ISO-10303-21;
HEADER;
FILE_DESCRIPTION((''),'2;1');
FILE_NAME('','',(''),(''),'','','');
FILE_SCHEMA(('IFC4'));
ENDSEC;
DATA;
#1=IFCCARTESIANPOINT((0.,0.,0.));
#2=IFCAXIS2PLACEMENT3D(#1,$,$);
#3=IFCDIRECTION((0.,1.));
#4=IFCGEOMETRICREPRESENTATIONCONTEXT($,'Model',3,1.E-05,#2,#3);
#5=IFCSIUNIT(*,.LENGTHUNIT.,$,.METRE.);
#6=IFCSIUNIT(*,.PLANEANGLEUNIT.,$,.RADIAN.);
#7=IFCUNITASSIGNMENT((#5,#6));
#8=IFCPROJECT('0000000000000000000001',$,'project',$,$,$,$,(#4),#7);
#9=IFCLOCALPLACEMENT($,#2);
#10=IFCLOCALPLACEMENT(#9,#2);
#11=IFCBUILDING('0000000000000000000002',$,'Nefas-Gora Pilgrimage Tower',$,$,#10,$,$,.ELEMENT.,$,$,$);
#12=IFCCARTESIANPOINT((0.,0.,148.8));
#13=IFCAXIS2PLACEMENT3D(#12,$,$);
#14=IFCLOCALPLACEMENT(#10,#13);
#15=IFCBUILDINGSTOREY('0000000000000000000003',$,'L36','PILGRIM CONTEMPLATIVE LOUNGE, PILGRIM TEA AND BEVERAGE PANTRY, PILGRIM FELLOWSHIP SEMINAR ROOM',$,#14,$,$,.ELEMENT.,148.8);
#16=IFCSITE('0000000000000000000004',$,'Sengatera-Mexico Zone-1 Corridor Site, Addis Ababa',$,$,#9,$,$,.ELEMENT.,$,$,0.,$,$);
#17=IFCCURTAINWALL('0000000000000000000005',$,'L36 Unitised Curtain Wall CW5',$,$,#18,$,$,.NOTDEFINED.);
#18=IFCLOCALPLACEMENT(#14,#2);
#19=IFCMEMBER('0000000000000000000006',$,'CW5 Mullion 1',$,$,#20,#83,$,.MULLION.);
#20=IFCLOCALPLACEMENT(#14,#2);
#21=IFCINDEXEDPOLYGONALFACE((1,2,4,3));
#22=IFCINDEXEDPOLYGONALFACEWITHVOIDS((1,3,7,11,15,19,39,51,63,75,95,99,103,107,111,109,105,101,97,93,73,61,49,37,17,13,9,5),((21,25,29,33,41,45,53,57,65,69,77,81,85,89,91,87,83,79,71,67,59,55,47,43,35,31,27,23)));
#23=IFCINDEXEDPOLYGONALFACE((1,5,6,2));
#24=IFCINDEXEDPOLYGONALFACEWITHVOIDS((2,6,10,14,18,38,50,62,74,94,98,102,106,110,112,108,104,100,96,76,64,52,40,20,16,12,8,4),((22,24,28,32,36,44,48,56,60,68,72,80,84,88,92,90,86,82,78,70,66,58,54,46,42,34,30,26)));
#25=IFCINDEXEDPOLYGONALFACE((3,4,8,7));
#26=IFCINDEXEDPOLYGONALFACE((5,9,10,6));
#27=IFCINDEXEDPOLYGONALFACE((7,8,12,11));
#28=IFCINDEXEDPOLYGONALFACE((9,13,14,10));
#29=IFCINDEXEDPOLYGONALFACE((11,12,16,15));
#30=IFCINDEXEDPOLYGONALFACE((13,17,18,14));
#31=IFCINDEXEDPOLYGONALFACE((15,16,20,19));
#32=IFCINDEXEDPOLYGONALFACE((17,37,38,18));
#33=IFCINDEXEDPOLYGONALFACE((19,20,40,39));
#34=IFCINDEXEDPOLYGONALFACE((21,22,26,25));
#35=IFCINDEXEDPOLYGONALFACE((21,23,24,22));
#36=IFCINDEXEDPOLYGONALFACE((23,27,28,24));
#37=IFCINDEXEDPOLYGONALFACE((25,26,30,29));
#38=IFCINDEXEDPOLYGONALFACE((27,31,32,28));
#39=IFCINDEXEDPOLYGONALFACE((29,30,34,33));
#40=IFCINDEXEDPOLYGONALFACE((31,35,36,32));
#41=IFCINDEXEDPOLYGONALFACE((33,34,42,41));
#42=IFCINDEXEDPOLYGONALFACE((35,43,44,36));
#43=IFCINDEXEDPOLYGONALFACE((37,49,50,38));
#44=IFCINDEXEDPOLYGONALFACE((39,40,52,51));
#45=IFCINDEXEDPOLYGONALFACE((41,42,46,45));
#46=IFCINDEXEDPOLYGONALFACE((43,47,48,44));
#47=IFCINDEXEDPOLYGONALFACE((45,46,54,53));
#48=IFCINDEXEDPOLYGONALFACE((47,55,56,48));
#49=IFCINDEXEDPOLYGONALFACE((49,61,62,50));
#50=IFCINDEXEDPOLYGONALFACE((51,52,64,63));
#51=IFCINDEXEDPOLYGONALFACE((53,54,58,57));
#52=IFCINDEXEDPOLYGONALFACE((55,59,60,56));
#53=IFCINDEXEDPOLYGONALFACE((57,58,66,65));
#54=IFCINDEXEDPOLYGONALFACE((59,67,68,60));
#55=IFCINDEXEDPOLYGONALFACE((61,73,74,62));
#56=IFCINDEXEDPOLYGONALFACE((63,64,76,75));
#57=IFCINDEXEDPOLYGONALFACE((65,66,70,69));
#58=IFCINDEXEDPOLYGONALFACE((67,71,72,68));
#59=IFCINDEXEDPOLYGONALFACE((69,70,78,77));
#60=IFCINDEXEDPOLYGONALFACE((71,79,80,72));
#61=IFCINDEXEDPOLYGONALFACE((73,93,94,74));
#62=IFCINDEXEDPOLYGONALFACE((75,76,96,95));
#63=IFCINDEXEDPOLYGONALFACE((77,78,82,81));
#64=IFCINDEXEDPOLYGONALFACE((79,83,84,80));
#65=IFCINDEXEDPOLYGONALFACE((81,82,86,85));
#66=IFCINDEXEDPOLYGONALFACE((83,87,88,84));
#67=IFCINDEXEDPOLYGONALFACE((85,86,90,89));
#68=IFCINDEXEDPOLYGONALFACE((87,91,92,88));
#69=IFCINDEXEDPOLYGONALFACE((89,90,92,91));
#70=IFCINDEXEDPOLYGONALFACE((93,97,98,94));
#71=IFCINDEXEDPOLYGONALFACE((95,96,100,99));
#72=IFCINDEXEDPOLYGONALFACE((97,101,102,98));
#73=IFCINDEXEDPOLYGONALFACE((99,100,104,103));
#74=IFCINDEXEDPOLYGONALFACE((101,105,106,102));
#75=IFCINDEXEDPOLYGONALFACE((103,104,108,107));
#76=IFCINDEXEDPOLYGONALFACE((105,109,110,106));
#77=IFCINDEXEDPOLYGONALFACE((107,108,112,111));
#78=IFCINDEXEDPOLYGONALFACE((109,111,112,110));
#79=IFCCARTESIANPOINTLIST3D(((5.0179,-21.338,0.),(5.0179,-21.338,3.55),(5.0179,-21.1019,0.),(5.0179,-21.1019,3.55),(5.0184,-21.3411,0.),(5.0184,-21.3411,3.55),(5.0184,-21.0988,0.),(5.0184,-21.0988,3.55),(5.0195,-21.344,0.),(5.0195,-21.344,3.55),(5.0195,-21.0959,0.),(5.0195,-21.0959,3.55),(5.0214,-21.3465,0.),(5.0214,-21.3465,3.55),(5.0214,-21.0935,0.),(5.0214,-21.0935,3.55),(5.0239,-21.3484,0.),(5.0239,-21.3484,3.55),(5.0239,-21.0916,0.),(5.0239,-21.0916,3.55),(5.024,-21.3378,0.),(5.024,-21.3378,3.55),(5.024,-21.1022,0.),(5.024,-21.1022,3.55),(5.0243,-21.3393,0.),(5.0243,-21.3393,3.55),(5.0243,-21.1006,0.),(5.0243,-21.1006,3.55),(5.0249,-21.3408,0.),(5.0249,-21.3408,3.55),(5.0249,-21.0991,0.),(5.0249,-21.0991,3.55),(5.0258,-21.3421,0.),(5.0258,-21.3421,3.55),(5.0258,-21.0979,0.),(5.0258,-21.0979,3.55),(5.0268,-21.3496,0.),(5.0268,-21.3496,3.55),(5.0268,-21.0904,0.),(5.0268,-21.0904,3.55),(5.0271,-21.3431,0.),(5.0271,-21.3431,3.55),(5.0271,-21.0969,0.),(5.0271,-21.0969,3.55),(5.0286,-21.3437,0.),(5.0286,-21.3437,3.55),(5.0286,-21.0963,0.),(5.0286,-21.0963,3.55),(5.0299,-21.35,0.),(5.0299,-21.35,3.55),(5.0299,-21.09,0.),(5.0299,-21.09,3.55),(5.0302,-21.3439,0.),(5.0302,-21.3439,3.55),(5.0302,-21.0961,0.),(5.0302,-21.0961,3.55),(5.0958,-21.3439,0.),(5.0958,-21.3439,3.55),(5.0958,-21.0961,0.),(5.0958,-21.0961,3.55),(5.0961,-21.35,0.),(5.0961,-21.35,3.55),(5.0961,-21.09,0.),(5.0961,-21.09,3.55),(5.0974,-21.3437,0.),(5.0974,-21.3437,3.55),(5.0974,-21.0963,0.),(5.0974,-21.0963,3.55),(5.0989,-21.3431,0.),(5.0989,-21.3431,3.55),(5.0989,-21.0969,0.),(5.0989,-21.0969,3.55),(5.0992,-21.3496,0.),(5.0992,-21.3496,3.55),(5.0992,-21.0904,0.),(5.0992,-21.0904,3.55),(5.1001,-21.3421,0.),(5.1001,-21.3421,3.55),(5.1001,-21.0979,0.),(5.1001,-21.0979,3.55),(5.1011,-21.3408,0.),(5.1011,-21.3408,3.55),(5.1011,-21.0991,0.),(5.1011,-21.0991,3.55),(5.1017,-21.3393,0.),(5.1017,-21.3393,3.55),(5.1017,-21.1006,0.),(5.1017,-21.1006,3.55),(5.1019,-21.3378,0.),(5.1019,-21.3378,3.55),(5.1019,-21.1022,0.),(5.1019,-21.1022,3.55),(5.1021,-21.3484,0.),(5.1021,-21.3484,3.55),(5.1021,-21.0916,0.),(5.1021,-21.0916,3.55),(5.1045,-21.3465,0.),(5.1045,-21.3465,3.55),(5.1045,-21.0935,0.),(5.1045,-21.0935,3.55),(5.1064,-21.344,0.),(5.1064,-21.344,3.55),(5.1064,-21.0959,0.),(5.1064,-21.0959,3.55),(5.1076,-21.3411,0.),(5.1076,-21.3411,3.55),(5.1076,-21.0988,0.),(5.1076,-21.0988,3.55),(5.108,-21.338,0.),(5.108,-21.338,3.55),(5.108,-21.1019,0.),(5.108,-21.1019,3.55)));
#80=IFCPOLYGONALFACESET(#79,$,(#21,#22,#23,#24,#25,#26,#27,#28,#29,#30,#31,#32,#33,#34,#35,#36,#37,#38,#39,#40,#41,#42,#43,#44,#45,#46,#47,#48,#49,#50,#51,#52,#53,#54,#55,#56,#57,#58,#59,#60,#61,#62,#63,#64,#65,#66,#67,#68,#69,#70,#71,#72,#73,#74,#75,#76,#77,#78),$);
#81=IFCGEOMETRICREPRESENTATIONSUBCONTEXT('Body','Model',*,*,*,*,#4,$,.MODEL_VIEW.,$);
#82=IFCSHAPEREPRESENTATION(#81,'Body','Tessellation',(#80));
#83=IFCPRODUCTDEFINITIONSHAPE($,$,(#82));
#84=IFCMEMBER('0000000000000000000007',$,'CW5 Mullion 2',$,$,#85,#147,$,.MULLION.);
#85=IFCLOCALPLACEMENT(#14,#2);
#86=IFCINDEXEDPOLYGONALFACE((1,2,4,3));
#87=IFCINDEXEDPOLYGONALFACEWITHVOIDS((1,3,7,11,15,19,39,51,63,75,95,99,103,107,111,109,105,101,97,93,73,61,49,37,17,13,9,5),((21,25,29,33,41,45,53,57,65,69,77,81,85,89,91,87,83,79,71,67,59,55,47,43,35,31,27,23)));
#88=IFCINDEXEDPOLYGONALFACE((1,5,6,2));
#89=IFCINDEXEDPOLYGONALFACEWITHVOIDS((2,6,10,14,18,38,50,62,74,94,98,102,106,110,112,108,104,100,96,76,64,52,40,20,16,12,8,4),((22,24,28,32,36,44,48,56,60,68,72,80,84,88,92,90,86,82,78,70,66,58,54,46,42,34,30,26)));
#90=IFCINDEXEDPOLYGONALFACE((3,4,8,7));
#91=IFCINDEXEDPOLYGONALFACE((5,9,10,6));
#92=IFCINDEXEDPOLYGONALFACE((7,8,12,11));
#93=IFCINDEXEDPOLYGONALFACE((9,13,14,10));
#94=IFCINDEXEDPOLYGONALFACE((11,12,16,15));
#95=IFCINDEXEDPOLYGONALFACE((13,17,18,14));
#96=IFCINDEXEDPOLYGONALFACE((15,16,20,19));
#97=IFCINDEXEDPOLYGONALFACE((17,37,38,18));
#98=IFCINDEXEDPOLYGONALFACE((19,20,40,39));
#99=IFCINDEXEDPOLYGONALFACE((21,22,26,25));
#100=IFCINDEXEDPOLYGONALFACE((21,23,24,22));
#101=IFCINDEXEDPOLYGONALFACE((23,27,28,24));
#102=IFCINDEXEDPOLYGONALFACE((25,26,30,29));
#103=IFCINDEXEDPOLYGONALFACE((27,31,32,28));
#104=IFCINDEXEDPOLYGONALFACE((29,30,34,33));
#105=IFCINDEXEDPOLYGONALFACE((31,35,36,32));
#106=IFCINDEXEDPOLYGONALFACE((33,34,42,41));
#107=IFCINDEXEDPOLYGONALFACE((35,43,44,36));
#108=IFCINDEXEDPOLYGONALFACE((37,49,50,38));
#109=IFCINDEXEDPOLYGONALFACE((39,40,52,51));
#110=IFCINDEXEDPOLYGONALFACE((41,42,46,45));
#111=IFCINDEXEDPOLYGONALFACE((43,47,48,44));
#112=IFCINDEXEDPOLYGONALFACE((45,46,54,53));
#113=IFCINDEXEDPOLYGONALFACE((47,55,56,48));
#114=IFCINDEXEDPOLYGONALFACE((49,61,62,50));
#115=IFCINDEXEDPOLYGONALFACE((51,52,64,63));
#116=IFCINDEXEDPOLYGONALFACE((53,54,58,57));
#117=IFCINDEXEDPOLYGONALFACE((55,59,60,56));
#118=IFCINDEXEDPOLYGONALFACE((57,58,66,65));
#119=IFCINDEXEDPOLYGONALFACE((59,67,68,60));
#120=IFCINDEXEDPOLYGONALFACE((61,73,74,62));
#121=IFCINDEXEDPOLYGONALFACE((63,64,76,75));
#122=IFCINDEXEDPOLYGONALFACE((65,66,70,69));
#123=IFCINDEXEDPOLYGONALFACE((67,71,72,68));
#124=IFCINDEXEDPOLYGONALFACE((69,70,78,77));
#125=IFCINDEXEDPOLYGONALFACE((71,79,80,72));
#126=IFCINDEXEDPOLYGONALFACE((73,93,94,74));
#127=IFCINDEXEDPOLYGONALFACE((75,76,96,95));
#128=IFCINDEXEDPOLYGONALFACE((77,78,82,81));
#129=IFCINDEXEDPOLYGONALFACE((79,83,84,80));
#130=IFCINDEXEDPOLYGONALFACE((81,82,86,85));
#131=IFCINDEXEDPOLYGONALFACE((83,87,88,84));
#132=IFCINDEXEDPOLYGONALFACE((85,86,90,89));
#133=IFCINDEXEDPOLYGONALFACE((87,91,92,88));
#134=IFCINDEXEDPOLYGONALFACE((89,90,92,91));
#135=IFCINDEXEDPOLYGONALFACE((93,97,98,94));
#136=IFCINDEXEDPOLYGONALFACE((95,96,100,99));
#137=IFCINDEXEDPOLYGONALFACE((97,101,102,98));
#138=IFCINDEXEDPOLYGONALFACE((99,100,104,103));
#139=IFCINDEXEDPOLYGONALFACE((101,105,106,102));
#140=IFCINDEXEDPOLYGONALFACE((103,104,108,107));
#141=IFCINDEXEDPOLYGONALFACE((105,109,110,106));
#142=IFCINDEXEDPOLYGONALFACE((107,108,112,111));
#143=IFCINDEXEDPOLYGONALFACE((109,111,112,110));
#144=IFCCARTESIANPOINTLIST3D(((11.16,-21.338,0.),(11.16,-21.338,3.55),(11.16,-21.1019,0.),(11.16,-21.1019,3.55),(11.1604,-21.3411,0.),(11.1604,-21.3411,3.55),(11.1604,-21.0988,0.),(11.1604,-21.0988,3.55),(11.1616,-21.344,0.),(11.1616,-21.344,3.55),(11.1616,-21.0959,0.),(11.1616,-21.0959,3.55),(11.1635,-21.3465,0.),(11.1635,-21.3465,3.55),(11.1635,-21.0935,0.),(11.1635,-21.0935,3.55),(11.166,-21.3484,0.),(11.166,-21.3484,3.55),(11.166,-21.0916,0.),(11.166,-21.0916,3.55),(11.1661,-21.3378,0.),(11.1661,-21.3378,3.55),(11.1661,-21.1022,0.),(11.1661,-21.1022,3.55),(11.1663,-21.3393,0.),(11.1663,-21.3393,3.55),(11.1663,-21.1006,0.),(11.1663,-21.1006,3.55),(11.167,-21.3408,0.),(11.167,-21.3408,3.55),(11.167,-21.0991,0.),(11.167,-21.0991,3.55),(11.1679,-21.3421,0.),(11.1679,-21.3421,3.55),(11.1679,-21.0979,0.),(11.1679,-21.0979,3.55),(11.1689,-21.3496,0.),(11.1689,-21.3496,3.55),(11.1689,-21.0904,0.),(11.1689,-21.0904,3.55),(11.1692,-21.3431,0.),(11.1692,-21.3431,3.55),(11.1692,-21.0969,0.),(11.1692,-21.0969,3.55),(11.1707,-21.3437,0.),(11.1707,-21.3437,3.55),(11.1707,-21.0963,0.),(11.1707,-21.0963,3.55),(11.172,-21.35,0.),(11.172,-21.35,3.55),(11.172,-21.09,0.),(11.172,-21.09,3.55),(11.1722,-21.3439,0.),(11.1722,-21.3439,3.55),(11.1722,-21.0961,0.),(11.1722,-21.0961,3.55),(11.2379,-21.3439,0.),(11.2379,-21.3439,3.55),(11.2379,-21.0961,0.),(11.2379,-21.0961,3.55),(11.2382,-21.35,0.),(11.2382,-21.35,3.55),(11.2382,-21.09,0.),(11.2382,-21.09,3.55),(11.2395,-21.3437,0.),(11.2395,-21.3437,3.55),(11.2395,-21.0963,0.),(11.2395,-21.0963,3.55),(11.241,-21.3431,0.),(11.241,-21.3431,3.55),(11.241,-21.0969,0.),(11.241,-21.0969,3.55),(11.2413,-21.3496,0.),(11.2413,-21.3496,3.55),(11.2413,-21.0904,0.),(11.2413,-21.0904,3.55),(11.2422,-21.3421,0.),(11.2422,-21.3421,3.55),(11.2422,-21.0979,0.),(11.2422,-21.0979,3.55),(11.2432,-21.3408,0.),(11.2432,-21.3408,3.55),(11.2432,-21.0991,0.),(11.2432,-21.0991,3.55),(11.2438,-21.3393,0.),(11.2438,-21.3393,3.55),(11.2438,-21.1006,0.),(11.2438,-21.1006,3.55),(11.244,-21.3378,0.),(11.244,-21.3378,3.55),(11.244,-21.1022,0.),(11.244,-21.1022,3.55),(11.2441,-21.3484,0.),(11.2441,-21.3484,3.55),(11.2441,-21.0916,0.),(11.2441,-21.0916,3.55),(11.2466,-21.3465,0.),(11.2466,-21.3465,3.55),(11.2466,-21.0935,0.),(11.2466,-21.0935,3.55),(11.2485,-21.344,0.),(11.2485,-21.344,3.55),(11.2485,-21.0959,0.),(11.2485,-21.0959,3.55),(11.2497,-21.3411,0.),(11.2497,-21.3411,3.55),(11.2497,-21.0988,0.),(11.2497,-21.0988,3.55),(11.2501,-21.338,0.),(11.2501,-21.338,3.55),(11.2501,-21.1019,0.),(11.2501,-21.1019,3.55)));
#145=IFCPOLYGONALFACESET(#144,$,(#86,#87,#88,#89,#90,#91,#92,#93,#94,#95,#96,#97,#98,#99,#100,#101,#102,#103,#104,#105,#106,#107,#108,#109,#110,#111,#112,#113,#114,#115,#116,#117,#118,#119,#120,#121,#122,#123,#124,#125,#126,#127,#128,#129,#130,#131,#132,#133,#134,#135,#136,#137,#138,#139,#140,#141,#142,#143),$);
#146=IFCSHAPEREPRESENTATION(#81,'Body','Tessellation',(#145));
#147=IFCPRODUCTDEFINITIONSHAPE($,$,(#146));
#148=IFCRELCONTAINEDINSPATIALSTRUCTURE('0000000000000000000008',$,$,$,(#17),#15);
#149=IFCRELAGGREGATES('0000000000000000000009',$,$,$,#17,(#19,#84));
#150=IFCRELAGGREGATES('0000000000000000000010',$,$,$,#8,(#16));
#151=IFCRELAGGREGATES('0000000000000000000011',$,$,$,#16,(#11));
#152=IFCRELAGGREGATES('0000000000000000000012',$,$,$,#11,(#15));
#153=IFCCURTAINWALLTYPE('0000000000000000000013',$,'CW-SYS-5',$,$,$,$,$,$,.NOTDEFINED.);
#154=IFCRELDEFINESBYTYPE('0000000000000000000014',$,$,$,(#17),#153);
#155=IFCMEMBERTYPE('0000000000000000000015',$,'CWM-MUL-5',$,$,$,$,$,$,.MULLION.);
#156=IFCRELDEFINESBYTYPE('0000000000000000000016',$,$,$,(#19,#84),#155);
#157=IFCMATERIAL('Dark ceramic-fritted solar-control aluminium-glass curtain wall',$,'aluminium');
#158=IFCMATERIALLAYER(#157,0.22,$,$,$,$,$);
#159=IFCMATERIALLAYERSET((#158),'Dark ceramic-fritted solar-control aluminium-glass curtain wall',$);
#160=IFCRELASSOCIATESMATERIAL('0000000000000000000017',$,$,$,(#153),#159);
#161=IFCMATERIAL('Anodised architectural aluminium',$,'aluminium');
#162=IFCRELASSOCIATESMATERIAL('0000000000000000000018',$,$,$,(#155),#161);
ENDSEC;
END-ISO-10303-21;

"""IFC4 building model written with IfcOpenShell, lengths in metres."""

from ifc_helpers import new_model, si_unit, direction, frame, origin, origin_2d, place, context, subcontext, project, spatial, hollow_rectangle, extrude, source, transform, mapped, material, layer, layer_set, material_profile, profile_set, type_object, element, aggregate, save


model = new_model("IFC4")

# Units and contexts
model_context = context("Model", 3, precision=1e-05, world=origin(), true_north=direction((0.0, 1.0)))
body_context = subcontext(model_context, "Body", "Model", "MODEL_VIEW")
ifc_project = project(units=[si_unit("LENGTHUNIT", "METRE"), si_unit("PLANEANGLEUNIT", "RADIAN")], contexts=[model_context])

# Site, building, storey
site_placement = place(None, origin())
site = spatial("IfcSite", under=ifc_project, at=site_placement, Name="Sengatera-Mexico Zone-1 Corridor Site, Addis Ababa", CompositionType="ELEMENT", RefElevation=0.0)
building_placement = place(site_placement, origin())
building = spatial("IfcBuilding", under=site, at=building_placement, Name="Nefas-Gora Pilgrimage Tower", CompositionType="ELEMENT")
storey_placement = place(building_placement, frame((0.0, 0.0, 148.8)))
storey = spatial("IfcBuildingStorey", under=building, at=storey_placement, Name="L36", Description="PILGRIM CONTEMPLATIVE LOUNGE, PILGRIM TEA AND BEVERAGE PANTRY, PILGRIM FELLOWSHIP SEMINAR ROOM", CompositionType="ELEMENT", Elevation=148.8)

# Curtain wall, members
ifc_material_1 = material(Name="Dark ceramic-fritted solar-control aluminium-glass curtain wall", Category="aluminium")
ifc_layer_1 = layer(ifc_material_1, 0.22)
ifc_layer_set_1 = layer_set([ifc_layer_1], Name="Dark ceramic-fritted solar-control aluminium-glass curtain wall")
curtain_wall_type = type_object("IfcCurtainWallType", Name="CW-SYS-5", PredefinedType="NOTDEFINED", material=ifc_layer_set_1)
curtain_wall_1_placement = place(storey_placement, origin())
curtain_wall_1 = element("IfcCurtainWall", 1, at=curtain_wall_1_placement, inside=storey, type_object=curtain_wall_type, Name="L36 Unitised Curtain Wall CW5", PredefinedType="NOTDEFINED")
ifc_material_2 = material(Name="Anodised architectural aluminium", Category="aluminium")
ifc_material_profile_1 = material_profile(ifc_material_2, hollow_rectangle(XDim=0.0901, YDim=0.26, WallThickness=0.0061, InnerFilletRadius=0.0061, OuterFilletRadius=0.012, at=origin_2d()), Name="ALU MULLION 90x260")
ifc_profile_set_1 = profile_set([ifc_material_profile_1], Name="Anodised architectural aluminium")
member_type_1 = type_object("IfcMemberType", Name="CWM-MUL-5", PredefinedType="MULLION", material=ifc_profile_set_1)
shared_shape_1 = source(origin(), body_context, "Body", "SweptSolid", [
    extrude(hollow_rectangle(XDim=0.0901, YDim=0.26, WallThickness=0.0061, InnerFilletRadius=0.0061, OuterFilletRadius=0.012, at=origin_2d()), origin(), (0.0, 0.0, 1.0), 3.55),
])
member_1_placement = place(storey_placement, frame((5.063, -21.22, 0.0), z_axis=(0.0, 0.0, 1.0), x_axis=(1.0, 0.0, 0.0)))
member_1 = element("IfcMember", 2, at=member_1_placement, type_object=member_type_1, Name="CW5 Mullion 1", PredefinedType="MULLION", context=body_context, shape_type="MappedRepresentation", body=[
    mapped(shared_shape_1, transform((0.0, 0.0, 0.0), x_axis=(1.0, 0.0, 0.0), y_axis=(0.0, 1.0, 0.0), z_axis=(0.0, 0.0, 1.0), scale=1.0)),
])
member_2_placement = place(storey_placement, frame((11.2051, -21.22, 0.0), z_axis=(0.0, 0.0, 1.0), x_axis=(1.0, 0.0, 0.0)))
member_2 = element("IfcMember", 3, at=member_2_placement, type_object=member_type_1, Name="CW5 Mullion 2", PredefinedType="MULLION", context=body_context, shape_type="MappedRepresentation", body=[
    mapped(shared_shape_1, transform((0.0, 0.0, 0.0), x_axis=(1.0, 0.0, 0.0), y_axis=(0.0, 1.0, 0.0), z_axis=(0.0, 0.0, 1.0), scale=1.0)),
])

aggregate(curtain_wall_1, [member_1, member_2])

save(model, "model.ifc")
